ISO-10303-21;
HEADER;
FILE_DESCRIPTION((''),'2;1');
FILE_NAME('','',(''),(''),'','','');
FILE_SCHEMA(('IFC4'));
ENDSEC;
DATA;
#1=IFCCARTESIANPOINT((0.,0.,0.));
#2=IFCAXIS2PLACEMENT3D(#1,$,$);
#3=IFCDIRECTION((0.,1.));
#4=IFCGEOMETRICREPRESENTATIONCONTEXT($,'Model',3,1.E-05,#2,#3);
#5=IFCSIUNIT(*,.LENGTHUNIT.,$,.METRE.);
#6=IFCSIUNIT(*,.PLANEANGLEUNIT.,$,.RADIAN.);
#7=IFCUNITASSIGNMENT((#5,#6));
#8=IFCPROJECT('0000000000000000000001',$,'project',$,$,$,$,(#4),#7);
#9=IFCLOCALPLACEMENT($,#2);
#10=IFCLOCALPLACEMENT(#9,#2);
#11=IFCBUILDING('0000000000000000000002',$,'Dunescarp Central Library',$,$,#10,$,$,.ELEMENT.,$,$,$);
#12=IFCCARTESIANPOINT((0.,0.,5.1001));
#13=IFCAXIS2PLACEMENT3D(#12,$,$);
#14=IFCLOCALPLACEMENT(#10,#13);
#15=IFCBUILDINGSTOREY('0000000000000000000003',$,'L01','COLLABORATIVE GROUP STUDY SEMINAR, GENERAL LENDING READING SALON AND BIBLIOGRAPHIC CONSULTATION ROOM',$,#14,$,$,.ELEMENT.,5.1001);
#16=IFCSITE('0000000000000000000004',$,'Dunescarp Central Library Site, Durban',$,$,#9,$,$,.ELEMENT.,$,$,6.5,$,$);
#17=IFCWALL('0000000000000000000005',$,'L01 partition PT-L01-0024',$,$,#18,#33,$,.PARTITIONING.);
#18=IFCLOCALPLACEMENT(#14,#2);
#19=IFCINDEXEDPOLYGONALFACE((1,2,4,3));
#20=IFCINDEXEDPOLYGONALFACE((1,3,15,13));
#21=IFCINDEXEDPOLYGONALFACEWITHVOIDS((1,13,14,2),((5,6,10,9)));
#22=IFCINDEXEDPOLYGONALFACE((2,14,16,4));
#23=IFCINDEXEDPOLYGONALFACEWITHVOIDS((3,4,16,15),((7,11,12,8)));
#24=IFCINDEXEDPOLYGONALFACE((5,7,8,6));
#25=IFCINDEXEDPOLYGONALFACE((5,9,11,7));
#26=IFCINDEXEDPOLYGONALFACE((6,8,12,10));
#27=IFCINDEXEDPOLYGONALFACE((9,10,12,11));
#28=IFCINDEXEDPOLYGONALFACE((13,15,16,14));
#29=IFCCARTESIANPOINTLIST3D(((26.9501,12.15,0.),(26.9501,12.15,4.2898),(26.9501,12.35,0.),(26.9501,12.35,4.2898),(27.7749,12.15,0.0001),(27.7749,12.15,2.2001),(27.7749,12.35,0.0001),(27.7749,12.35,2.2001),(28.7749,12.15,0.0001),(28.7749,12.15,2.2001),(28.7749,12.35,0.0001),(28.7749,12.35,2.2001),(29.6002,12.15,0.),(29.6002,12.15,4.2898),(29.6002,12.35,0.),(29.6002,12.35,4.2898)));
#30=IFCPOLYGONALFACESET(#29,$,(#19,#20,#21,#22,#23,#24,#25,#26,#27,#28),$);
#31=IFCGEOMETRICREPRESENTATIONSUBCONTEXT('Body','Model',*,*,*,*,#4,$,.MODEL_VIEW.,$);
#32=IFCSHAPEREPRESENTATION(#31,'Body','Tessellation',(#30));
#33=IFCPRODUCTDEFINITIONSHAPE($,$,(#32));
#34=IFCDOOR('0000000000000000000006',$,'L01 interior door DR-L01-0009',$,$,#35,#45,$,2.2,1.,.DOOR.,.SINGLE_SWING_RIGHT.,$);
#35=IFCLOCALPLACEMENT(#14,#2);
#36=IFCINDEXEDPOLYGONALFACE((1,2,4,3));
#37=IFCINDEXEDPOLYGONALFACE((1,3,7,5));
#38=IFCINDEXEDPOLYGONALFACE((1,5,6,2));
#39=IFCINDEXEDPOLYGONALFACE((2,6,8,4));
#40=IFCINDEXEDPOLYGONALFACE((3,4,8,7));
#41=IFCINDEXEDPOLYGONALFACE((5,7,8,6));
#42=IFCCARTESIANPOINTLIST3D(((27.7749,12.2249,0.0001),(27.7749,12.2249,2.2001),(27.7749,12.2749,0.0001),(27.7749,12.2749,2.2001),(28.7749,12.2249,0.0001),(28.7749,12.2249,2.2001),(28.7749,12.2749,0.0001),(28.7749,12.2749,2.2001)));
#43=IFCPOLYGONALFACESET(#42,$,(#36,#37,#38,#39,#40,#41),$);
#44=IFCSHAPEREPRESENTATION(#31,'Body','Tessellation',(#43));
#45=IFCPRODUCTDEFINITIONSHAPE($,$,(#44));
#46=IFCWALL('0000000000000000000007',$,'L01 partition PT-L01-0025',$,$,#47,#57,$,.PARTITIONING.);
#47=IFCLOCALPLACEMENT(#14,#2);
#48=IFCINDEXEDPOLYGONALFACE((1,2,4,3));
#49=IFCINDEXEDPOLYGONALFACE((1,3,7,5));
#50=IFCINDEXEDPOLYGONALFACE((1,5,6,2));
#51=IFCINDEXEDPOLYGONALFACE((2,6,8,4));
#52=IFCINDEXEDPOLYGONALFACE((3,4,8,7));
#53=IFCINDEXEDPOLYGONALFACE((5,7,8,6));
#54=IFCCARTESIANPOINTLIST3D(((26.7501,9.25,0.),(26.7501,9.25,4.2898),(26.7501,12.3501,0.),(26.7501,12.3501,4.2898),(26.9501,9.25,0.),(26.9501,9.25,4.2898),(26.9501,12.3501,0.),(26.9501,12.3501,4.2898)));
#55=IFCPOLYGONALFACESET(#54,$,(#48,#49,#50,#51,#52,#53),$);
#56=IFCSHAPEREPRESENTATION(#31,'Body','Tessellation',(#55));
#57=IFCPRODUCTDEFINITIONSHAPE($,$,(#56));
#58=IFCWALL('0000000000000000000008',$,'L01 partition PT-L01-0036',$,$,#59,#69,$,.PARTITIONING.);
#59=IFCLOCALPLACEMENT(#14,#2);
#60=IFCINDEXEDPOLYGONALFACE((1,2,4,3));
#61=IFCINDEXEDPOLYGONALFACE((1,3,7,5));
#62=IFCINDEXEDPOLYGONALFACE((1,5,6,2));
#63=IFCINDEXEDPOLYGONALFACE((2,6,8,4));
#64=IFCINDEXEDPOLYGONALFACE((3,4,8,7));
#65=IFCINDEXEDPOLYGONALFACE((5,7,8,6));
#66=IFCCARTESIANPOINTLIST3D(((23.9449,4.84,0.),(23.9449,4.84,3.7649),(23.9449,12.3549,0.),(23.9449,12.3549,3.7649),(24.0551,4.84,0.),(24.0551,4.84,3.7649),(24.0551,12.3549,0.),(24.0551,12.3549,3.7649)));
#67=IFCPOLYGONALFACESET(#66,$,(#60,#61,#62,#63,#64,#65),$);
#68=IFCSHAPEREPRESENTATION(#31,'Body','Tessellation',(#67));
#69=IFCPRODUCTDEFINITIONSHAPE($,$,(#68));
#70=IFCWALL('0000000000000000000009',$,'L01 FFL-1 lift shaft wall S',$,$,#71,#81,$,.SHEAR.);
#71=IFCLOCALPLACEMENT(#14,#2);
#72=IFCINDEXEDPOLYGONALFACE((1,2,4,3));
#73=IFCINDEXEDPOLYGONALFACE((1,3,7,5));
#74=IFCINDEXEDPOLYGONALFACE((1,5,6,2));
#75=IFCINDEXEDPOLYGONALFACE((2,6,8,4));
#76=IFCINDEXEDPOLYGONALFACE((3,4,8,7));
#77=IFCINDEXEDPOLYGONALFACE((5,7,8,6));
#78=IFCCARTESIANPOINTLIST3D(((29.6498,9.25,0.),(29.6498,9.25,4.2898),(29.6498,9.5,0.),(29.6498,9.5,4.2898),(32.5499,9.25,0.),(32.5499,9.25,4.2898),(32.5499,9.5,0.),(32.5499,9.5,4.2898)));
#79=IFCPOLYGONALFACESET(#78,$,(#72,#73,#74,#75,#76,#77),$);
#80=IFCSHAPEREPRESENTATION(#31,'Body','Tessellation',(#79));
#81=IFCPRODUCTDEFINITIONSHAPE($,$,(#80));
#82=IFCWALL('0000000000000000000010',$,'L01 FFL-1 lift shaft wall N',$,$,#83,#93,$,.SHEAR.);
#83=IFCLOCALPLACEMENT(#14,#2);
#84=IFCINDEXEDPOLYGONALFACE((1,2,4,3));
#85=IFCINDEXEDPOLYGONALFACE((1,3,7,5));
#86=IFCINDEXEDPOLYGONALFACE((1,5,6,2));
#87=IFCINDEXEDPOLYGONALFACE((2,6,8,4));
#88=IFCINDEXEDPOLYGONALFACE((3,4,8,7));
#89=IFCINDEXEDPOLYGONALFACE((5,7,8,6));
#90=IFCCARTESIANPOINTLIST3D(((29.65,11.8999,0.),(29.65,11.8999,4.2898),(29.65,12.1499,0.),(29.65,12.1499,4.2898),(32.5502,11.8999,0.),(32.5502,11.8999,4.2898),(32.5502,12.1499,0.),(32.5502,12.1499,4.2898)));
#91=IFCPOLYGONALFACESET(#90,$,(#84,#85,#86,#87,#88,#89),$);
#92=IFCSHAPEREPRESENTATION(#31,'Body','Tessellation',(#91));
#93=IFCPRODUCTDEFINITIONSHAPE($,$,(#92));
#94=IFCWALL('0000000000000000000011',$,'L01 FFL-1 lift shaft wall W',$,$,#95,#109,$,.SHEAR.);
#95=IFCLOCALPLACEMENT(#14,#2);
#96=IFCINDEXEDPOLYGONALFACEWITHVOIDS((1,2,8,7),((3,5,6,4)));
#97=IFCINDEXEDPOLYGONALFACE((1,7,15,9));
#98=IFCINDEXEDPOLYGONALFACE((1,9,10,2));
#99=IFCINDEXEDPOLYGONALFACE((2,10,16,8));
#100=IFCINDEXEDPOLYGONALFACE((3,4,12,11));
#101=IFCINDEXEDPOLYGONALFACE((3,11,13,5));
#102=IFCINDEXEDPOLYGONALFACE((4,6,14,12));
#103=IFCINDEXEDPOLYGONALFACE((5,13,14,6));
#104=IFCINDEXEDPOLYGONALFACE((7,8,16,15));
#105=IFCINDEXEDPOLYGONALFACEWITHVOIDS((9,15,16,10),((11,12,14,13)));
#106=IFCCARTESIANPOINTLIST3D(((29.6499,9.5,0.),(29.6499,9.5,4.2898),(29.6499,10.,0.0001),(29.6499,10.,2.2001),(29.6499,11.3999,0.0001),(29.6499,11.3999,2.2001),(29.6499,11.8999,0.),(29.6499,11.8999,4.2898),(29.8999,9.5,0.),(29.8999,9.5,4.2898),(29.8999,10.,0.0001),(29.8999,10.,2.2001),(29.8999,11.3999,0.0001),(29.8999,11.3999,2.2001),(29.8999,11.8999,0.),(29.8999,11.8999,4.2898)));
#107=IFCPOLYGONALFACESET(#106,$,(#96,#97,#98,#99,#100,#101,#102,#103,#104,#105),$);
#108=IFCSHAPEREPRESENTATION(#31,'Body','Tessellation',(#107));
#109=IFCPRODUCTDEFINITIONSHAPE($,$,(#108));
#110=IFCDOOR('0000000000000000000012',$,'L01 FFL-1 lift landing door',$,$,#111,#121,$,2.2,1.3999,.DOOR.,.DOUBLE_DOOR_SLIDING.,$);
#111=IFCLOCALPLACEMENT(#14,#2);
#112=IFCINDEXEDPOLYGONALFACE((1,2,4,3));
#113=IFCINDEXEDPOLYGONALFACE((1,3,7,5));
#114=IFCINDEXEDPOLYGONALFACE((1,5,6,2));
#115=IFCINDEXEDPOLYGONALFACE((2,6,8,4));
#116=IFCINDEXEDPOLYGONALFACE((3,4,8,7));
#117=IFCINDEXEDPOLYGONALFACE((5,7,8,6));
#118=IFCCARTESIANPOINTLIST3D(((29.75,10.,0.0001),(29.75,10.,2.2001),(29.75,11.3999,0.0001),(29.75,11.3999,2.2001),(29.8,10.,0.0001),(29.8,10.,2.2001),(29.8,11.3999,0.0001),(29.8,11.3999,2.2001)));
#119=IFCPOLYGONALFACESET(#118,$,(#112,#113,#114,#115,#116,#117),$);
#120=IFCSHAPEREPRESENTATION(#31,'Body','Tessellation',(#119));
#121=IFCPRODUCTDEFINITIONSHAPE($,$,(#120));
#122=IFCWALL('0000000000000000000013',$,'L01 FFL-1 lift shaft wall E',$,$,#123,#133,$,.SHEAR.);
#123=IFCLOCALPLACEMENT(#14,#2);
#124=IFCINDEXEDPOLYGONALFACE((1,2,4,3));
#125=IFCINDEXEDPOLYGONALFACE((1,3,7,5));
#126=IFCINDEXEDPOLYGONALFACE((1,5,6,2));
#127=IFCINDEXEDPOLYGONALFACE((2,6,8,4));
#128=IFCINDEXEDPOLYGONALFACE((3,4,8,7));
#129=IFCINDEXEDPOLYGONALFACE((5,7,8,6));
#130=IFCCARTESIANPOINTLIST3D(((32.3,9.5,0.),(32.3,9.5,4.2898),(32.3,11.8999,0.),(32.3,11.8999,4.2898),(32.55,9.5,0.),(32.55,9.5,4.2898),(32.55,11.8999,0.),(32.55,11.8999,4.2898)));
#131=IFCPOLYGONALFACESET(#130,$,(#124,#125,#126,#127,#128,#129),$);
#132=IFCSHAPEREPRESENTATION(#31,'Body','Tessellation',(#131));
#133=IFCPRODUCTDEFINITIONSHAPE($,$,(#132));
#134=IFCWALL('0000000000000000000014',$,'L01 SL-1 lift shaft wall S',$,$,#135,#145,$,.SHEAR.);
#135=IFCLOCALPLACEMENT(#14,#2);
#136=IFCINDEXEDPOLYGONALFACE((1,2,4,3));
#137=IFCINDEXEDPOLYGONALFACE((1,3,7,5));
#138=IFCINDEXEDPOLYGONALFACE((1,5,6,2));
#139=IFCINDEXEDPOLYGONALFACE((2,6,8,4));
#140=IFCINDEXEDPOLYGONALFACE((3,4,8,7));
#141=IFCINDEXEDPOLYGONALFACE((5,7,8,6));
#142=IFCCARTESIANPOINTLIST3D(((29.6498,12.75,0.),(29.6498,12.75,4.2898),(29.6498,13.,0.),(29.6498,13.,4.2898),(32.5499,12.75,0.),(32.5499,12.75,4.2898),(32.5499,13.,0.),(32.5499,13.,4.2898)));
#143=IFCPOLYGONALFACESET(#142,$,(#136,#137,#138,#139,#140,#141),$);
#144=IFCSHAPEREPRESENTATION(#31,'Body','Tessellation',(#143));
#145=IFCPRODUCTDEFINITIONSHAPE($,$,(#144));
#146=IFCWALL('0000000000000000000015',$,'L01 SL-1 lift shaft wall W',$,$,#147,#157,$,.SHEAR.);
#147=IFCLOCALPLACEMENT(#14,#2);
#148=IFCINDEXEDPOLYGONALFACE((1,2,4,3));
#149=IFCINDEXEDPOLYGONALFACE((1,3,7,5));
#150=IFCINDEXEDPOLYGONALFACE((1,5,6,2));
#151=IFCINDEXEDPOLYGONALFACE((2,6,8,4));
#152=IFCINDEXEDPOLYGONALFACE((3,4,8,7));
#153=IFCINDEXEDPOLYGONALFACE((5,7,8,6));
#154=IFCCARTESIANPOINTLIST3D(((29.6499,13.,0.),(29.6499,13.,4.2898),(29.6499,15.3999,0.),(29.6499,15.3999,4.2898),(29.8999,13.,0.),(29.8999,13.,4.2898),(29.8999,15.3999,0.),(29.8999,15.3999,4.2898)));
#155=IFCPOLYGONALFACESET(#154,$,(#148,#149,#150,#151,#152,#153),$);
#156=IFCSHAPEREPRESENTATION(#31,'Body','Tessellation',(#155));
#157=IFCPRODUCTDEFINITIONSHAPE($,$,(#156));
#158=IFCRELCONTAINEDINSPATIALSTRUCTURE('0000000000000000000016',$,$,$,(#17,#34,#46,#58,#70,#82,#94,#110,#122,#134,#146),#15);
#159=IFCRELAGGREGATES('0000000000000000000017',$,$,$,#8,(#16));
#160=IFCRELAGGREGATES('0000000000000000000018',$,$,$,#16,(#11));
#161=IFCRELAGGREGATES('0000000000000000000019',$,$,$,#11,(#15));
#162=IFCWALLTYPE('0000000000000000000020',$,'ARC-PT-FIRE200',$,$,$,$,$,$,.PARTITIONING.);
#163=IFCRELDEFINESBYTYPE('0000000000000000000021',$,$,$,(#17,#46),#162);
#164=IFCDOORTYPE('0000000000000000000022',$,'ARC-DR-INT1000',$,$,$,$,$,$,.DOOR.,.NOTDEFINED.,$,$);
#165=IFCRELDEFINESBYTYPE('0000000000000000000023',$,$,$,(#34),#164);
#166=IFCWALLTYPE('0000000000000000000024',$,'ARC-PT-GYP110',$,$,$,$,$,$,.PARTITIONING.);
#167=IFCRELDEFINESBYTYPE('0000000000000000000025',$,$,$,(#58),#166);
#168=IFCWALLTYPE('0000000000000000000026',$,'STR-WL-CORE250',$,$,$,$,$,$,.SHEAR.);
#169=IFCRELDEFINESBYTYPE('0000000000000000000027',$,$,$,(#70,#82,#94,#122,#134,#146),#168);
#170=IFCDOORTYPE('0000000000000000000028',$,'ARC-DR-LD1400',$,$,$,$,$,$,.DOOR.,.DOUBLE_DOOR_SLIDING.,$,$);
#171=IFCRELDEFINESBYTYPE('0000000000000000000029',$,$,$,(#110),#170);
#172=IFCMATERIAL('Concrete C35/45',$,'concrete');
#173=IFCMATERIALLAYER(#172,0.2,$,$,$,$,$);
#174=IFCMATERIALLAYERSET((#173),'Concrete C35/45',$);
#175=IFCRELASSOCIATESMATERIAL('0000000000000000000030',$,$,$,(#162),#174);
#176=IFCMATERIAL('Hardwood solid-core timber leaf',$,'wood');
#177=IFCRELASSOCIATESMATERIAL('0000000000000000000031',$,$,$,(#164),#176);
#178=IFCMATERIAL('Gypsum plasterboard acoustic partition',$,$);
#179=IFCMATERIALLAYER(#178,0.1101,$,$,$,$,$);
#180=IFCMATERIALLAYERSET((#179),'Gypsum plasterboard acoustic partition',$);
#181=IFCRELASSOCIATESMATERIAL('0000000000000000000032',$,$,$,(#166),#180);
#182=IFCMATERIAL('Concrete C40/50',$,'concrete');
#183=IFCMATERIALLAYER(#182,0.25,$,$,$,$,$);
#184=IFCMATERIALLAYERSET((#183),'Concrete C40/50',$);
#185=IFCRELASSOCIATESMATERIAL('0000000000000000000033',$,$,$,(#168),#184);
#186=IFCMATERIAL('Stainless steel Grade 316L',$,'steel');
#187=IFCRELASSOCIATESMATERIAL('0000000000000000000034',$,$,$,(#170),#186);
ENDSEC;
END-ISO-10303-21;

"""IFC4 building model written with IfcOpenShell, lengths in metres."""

from ifc_helpers import new_model, si_unit, direction, frame, frame_2d, origin, place, context, subcontext, project, spatial, rectangle, extrude, material, layer, layer_set, type_object, element, fill, save


model = new_model("IFC4")

# Units and contexts
model_context = context("Model", 3, precision=1e-05, world=origin(), true_north=direction((0.0, 1.0)))
body_context = subcontext(model_context, "Body", "Model", "MODEL_VIEW")
ifc_project = project(units=[si_unit("LENGTHUNIT", "METRE"), si_unit("PLANEANGLEUNIT", "RADIAN")], contexts=[model_context])

# Site, building, storey
site_placement = place(None, origin())
site = spatial("IfcSite", under=ifc_project, at=site_placement, Name="Dunescarp Central Library Site, Durban", CompositionType="ELEMENT", RefElevation=6.5)
building_placement = place(site_placement, origin())
building = spatial("IfcBuilding", under=site, at=building_placement, Name="Dunescarp Central Library", CompositionType="ELEMENT")
storey_placement = place(building_placement, frame((0.0, 0.0, 5.1001)))
storey = spatial("IfcBuildingStorey", under=building, at=storey_placement, Name="L01", Description="COLLABORATIVE GROUP STUDY SEMINAR, GENERAL LENDING READING SALON AND BIBLIOGRAPHIC CONSULTATION ROOM", CompositionType="ELEMENT", Elevation=5.1001)

# Shared definitions
ifc_material_1 = material(Name="Concrete C35/45", Category="concrete")
ifc_layer_1 = layer(ifc_material_1, 0.2)
ifc_layer_set_1 = layer_set([ifc_layer_1], Name="Concrete C35/45")
wall_type_1 = type_object("IfcWallType", Name="ARC-PT-FIRE200", PredefinedType="PARTITIONING", material=ifc_layer_set_1)

# Wall, opening, door
wall_1_placement = place(storey_placement, frame((26.95, 12.25, 0.0), z_axis=(0.0, 0.0, 1.0), x_axis=(1.0, 0.0, 0.0)))
wall_1 = element("IfcWall", 1, at=wall_1_placement, inside=storey, type_object=wall_type_1, Name="L01 partition PT-L01-0024", PredefinedType="PARTITIONING", context=body_context, shape_type="SweptSolid", body=[
    extrude(rectangle(XDim=2.6501, YDim=0.2, at=frame_2d((1.3252, 0.0))), origin(), (0.0, 0.0, 1.0), 4.2898),
])
opening_1_placement = place(wall_1_placement, frame((0.825, 0.0, 0.0)))
opening_1 = element("IfcOpeningElement", 2, at=opening_1_placement, cuts=wall_1, PredefinedType="OPENING", context=body_context, shape_type="SweptSolid", body=[
    extrude(rectangle(XDim=1.0, YDim=2.2, at=frame_2d((0.5, 1.1001))), frame((0.0, 0.1099, 0.0), z_axis=(0.0, -1.0, 0.0), x_axis=(1.0, 0.0, 0.0)), (0.0, 0.0, 1.0), 0.22),
])
ifc_material_2 = material(Name="Hardwood solid-core timber leaf", Category="wood")
door_type_1 = type_object("IfcDoorType", Name="ARC-DR-INT1000", OperationType="NOTDEFINED", PredefinedType="DOOR", material=ifc_material_2)
door_1_placement = place(opening_1_placement, origin())
door_1 = element("IfcDoor", 3, at=door_1_placement, inside=storey, type_object=door_type_1, Name="L01 interior door DR-L01-0009", OperationType="SINGLE_SWING_RIGHT", OverallHeight=2.2, OverallWidth=1.0, PredefinedType="DOOR", context=body_context, shape_type="SweptSolid", body=[
    extrude(rectangle(XDim=1.0, YDim=2.2, at=frame_2d((0.5, 1.1001))), frame((0.0, 0.0249, 0.0), z_axis=(0.0, -1.0, 0.0), x_axis=(1.0, 0.0, 0.0)), (0.0, 0.0, 1.0), 0.05),
])
fill(opening_1, door_1)

# Walls
wall_2_placement = place(storey_placement, frame((26.8501, 9.25, 0.0), z_axis=(0.0, 0.0, 1.0), x_axis=(0.0, 1.0, 0.0)))
element("IfcWall", 4, at=wall_2_placement, inside=storey, type_object=wall_type_1, Name="L01 partition PT-L01-0025", PredefinedType="PARTITIONING", context=body_context, shape_type="SweptSolid", body=[
    extrude(rectangle(XDim=3.1001, YDim=0.2, at=frame_2d((1.55, 0.0))), origin(), (0.0, 0.0, 1.0), 4.2898),
])
ifc_material_3 = material(Name="Gypsum plasterboard acoustic partition")
ifc_layer_2 = layer(ifc_material_3, 0.1101)
ifc_layer_set_2 = layer_set([ifc_layer_2], Name="Gypsum plasterboard acoustic partition")
wall_type_2 = type_object("IfcWallType", Name="ARC-PT-GYP110", PredefinedType="PARTITIONING", material=ifc_layer_set_2)
wall_3_placement = place(storey_placement, frame((24.0, 4.8401, 0.0), z_axis=(0.0, 0.0, 1.0), x_axis=(0.0, 1.0, 0.0)))
element("IfcWall", 5, at=wall_3_placement, inside=storey, type_object=wall_type_2, Name="L01 partition PT-L01-0036", PredefinedType="PARTITIONING", context=body_context, shape_type="SweptSolid", body=[
    extrude(rectangle(XDim=7.5149, YDim=0.1101, at=frame_2d((3.7573, 0.0))), origin(), (0.0, 0.0, 1.0), 3.7649),
])
ifc_material_4 = material(Name="Concrete C40/50", Category="concrete")
ifc_layer_3 = layer(ifc_material_4, 0.25)
ifc_layer_set_3 = layer_set([ifc_layer_3], Name="Concrete C40/50")
wall_type_3 = type_object("IfcWallType", Name="STR-WL-CORE250", PredefinedType="SHEAR", material=ifc_layer_set_3)
for number, where, z_axis, x_axis, name in (
    (6, (32.55, 9.375, 0.0), (0.0, 0.0, 1.0), (-1.0, 0.0, 0.0), "L01 FFL-1 lift shaft wall S"),
    (7, (29.6499, 12.0249, 0.0), (0.0, 0.0, 1.0), (1.0, 0.0, 0.0), "L01 FFL-1 lift shaft wall N"),
):
    element("IfcWall", number, at=place(storey_placement, frame(where, z_axis=z_axis, x_axis=x_axis)), inside=storey, type_object=wall_type_3, Name=name, PredefinedType="SHEAR", context=body_context, shape_type="SweptSolid", body=[
        extrude(rectangle(XDim=2.9001, YDim=0.25, at=frame_2d((1.4502, 0.0))), origin(), (0.0, 0.0, 1.0), 4.2898),
    ])

# Wall, opening, door
wall_4_placement = place(storey_placement, frame((29.7749, 9.5, 0.0), z_axis=(0.0, 0.0, 1.0), x_axis=(0.0, 1.0, 0.0)))
wall_4 = element("IfcWall", 8, at=wall_4_placement, inside=storey, type_object=wall_type_3, Name="L01 FFL-1 lift shaft wall W", PredefinedType="SHEAR", context=body_context, shape_type="SweptSolid", body=[
    extrude(rectangle(XDim=2.3999, YDim=0.25, at=frame_2d((1.2, 0.0))), origin(), (0.0, 0.0, 1.0), 4.2898),
])
opening_2_placement = place(wall_4_placement, frame((0.5, 0.0, 0.0)))
opening_2 = element("IfcOpeningElement", 9, at=opening_2_placement, cuts=wall_4, PredefinedType="OPENING", context=body_context, shape_type="SweptSolid", body=[
    extrude(rectangle(XDim=1.3999, YDim=2.2, at=frame_2d((0.7, 1.1001))), frame((0.0, 0.135, 0.0), z_axis=(0.0, -1.0, 0.0), x_axis=(1.0, 0.0, 0.0)), (0.0, 0.0, 1.0), 0.27),
])
ifc_material_5 = material(Name="Stainless steel Grade 316L", Category="steel")
door_type_2 = type_object("IfcDoorType", Name="ARC-DR-LD1400", OperationType="DOUBLE_DOOR_SLIDING", PredefinedType="DOOR", material=ifc_material_5)
door_2_placement = place(opening_2_placement, origin())
door_2 = element("IfcDoor", 10, at=door_2_placement, inside=storey, type_object=door_type_2, Name="L01 FFL-1 lift landing door", OperationType="DOUBLE_DOOR_SLIDING", OverallHeight=2.2, OverallWidth=1.3999, PredefinedType="DOOR", context=body_context, shape_type="SweptSolid", body=[
    extrude(rectangle(XDim=1.3999, YDim=2.2, at=frame_2d((0.7, 1.1001))), frame((0.0, 0.0249, 0.0), z_axis=(0.0, -1.0, 0.0), x_axis=(1.0, 0.0, 0.0)), (0.0, 0.0, 1.0), 0.05),
])
fill(opening_2, door_2)

# Walls
wall_5_placement = place(storey_placement, frame((32.425, 11.8999, 0.0), z_axis=(0.0, 0.0, 1.0), x_axis=(0.0, -1.0, 0.0)))
element("IfcWall", 11, at=wall_5_placement, inside=storey, type_object=wall_type_3, Name="L01 FFL-1 lift shaft wall E", PredefinedType="SHEAR", context=body_context, shape_type="SweptSolid", body=[
    extrude(rectangle(XDim=2.3999, YDim=0.25, at=frame_2d((1.2, 0.0))), origin(), (0.0, 0.0, 1.0), 4.2898),
])
wall_6_placement = place(storey_placement, frame((32.55, 12.875, 0.0), z_axis=(0.0, 0.0, 1.0), x_axis=(-1.0, 0.0, 0.0)))
element("IfcWall", 12, at=wall_6_placement, inside=storey, type_object=wall_type_3, Name="L01 SL-1 lift shaft wall S", PredefinedType="SHEAR", context=body_context, shape_type="SweptSolid", body=[
    extrude(rectangle(XDim=2.9001, YDim=0.25, at=frame_2d((1.4502, 0.0))), origin(), (0.0, 0.0, 1.0), 4.2898),
])
wall_7_placement = place(storey_placement, frame((29.7749, 13.0, 0.0), z_axis=(0.0, 0.0, 1.0), x_axis=(0.0, 1.0, 0.0)))
element("IfcWall", 13, at=wall_7_placement, inside=storey, type_object=wall_type_3, Name="L01 SL-1 lift shaft wall W", PredefinedType="SHEAR", context=body_context, shape_type="SweptSolid", body=[
    extrude(rectangle(XDim=2.3999, YDim=0.25, at=frame_2d((1.2, 0.0))), origin(), (0.0, 0.0, 1.0), 4.2898),
])

save(model, "model.ifc")
